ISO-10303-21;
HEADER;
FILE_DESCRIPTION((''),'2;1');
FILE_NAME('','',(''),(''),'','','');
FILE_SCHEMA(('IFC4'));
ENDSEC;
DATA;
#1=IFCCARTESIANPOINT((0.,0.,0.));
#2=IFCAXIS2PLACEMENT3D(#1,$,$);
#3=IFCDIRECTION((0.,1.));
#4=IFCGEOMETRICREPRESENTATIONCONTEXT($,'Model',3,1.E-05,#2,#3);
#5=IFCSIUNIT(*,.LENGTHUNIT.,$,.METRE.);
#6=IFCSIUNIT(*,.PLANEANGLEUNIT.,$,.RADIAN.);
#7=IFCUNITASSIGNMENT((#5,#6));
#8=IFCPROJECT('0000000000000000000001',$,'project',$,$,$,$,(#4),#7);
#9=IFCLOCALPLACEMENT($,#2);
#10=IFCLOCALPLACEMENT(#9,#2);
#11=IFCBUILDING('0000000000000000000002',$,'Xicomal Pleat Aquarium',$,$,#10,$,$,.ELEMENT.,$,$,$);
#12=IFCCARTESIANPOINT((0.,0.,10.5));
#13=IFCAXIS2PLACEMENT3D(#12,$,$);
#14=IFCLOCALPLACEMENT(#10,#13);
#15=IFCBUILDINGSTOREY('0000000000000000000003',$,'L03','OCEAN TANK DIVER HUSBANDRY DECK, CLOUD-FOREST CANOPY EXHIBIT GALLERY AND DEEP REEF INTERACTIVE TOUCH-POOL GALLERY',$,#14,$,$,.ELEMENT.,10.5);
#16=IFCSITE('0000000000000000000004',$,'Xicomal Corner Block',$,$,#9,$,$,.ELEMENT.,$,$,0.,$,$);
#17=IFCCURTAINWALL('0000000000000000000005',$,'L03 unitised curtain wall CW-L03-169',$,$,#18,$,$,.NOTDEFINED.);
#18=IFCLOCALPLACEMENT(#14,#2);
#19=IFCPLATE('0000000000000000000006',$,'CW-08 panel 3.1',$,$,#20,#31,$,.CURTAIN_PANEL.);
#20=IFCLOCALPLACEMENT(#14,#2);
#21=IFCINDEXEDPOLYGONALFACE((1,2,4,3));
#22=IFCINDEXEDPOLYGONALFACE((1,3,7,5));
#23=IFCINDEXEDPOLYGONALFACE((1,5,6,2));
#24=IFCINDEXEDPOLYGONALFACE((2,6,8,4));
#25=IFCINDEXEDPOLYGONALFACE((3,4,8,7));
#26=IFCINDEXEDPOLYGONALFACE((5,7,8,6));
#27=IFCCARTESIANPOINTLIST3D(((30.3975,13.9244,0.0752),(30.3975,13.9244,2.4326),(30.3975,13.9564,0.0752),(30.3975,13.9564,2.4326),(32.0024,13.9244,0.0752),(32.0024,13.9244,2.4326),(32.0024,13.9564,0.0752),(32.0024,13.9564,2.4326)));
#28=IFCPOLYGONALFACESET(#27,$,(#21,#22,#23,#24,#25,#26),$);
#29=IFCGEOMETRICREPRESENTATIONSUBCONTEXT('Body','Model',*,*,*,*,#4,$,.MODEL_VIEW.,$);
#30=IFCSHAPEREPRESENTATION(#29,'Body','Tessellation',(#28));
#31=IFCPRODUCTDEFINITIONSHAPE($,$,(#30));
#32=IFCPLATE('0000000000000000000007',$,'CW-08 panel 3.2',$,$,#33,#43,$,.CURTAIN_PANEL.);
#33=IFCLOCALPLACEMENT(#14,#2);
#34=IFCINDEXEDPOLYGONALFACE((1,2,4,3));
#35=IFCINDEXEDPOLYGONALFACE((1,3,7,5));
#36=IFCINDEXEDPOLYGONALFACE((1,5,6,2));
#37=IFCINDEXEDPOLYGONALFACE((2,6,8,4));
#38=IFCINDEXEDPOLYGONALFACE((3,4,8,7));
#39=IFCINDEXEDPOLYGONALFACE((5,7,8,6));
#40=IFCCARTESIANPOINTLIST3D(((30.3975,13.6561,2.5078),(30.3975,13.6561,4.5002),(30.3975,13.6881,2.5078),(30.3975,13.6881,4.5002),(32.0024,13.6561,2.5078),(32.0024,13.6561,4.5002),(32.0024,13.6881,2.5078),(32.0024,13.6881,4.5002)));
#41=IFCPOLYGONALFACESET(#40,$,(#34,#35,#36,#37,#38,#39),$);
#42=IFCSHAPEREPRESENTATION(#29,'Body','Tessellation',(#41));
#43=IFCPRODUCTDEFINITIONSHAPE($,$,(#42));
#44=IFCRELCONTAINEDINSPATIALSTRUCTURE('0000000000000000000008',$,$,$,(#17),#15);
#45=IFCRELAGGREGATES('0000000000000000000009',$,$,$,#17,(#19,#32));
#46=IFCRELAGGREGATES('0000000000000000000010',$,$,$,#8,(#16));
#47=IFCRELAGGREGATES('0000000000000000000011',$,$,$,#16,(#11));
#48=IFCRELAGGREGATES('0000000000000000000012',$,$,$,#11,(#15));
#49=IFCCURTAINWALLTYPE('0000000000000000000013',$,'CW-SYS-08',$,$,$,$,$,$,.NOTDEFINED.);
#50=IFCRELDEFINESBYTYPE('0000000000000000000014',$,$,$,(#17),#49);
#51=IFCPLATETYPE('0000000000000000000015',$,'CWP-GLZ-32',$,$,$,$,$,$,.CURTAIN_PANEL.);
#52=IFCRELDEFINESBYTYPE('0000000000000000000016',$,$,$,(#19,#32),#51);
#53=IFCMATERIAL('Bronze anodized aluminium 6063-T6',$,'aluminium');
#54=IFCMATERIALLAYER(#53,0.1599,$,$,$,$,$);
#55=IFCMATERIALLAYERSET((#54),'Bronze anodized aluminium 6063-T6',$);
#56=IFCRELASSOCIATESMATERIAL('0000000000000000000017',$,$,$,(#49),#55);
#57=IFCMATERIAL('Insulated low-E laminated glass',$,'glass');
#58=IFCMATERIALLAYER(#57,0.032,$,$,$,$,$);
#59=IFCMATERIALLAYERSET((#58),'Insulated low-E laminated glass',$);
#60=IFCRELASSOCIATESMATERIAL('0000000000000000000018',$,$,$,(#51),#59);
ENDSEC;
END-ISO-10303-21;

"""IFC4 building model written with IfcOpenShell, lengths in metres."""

from ifc_helpers import new_model, si_unit, direction, frame, origin, origin_2d, place, context, subcontext, project, spatial, rectangle, extrude, material, layer, layer_set, type_object, element, aggregate, save


model = new_model("IFC4")

# Units and contexts
model_context = context("Model", 3, precision=1e-05, world=origin(), true_north=direction((0.0, 1.0)))
body_context = subcontext(model_context, "Body", "Model", "MODEL_VIEW")
ifc_project = project(units=[si_unit("LENGTHUNIT", "METRE"), si_unit("PLANEANGLEUNIT", "RADIAN")], contexts=[model_context])

# Site, building, storey
site_placement = place(None, origin())
site = spatial("IfcSite", under=ifc_project, at=site_placement, Name="Xicomal Corner Block", CompositionType="ELEMENT", RefElevation=0.0)
building_placement = place(site_placement, origin())
building = spatial("IfcBuilding", under=site, at=building_placement, Name="Xicomal Pleat Aquarium", CompositionType="ELEMENT")
storey_placement = place(building_placement, frame((0.0, 0.0, 10.5)))
storey = spatial("IfcBuildingStorey", under=building, at=storey_placement, Name="L03", Description="OCEAN TANK DIVER HUSBANDRY DECK, CLOUD-FOREST CANOPY EXHIBIT GALLERY AND DEEP REEF INTERACTIVE TOUCH-POOL GALLERY", CompositionType="ELEMENT", Elevation=10.5)

# Curtain wall, plates
ifc_material_1 = material(Name="Bronze anodized aluminium 6063-T6", Category="aluminium")
ifc_layer_1 = layer(ifc_material_1, 0.1599)
ifc_layer_set_1 = layer_set([ifc_layer_1], Name="Bronze anodized aluminium 6063-T6")
curtain_wall_type = type_object("IfcCurtainWallType", Name="CW-SYS-08", PredefinedType="NOTDEFINED", material=ifc_layer_set_1)
curtain_wall_placement = place(storey_placement, origin())
curtain_wall = element("IfcCurtainWall", 1, at=curtain_wall_placement, inside=storey, type_object=curtain_wall_type, Name="L03 unitised curtain wall CW-L03-169", PredefinedType="NOTDEFINED")
ifc_material_2 = material(Name="Insulated low-E laminated glass", Category="glass")
ifc_layer_2 = layer(ifc_material_2, 0.032)
ifc_layer_set_2 = layer_set([ifc_layer_2], Name="Insulated low-E laminated glass")
plate_type = type_object("IfcPlateType", Name="CWP-GLZ-32", PredefinedType="CURTAIN_PANEL", material=ifc_layer_set_2)
plate_1_placement = place(storey_placement, frame((31.2, 13.9404, 0.0752), z_axis=(0.0, 0.0, 1.0), x_axis=(-1.0, 0.0, 0.0)))
plate_1 = element("IfcPlate", 2, at=plate_1_placement, type_object=plate_type, Name="CW-08 panel 3.1", PredefinedType="CURTAIN_PANEL", context=body_context, shape_type="SweptSolid", body=[
    extrude(rectangle(XDim=1.605, YDim=0.032, at=origin_2d()), origin(), (0.0, 0.0, 1.0), 2.3574),
])
plate_2_placement = place(storey_placement, frame((31.2, 13.6721, 2.5078), z_axis=(0.0, 0.0, 1.0), x_axis=(-1.0, 0.0, 0.0)))
plate_2 = element("IfcPlate", 3, at=plate_2_placement, type_object=plate_type, Name="CW-08 panel 3.2", PredefinedType="CURTAIN_PANEL", context=body_context, shape_type="SweptSolid", body=[
    extrude(rectangle(XDim=1.605, YDim=0.032, at=origin_2d()), origin(), (0.0, 0.0, 1.0), 1.9924),
])
aggregate(curtain_wall, [plate_1, plate_2])

save(model, "model.ifc")
